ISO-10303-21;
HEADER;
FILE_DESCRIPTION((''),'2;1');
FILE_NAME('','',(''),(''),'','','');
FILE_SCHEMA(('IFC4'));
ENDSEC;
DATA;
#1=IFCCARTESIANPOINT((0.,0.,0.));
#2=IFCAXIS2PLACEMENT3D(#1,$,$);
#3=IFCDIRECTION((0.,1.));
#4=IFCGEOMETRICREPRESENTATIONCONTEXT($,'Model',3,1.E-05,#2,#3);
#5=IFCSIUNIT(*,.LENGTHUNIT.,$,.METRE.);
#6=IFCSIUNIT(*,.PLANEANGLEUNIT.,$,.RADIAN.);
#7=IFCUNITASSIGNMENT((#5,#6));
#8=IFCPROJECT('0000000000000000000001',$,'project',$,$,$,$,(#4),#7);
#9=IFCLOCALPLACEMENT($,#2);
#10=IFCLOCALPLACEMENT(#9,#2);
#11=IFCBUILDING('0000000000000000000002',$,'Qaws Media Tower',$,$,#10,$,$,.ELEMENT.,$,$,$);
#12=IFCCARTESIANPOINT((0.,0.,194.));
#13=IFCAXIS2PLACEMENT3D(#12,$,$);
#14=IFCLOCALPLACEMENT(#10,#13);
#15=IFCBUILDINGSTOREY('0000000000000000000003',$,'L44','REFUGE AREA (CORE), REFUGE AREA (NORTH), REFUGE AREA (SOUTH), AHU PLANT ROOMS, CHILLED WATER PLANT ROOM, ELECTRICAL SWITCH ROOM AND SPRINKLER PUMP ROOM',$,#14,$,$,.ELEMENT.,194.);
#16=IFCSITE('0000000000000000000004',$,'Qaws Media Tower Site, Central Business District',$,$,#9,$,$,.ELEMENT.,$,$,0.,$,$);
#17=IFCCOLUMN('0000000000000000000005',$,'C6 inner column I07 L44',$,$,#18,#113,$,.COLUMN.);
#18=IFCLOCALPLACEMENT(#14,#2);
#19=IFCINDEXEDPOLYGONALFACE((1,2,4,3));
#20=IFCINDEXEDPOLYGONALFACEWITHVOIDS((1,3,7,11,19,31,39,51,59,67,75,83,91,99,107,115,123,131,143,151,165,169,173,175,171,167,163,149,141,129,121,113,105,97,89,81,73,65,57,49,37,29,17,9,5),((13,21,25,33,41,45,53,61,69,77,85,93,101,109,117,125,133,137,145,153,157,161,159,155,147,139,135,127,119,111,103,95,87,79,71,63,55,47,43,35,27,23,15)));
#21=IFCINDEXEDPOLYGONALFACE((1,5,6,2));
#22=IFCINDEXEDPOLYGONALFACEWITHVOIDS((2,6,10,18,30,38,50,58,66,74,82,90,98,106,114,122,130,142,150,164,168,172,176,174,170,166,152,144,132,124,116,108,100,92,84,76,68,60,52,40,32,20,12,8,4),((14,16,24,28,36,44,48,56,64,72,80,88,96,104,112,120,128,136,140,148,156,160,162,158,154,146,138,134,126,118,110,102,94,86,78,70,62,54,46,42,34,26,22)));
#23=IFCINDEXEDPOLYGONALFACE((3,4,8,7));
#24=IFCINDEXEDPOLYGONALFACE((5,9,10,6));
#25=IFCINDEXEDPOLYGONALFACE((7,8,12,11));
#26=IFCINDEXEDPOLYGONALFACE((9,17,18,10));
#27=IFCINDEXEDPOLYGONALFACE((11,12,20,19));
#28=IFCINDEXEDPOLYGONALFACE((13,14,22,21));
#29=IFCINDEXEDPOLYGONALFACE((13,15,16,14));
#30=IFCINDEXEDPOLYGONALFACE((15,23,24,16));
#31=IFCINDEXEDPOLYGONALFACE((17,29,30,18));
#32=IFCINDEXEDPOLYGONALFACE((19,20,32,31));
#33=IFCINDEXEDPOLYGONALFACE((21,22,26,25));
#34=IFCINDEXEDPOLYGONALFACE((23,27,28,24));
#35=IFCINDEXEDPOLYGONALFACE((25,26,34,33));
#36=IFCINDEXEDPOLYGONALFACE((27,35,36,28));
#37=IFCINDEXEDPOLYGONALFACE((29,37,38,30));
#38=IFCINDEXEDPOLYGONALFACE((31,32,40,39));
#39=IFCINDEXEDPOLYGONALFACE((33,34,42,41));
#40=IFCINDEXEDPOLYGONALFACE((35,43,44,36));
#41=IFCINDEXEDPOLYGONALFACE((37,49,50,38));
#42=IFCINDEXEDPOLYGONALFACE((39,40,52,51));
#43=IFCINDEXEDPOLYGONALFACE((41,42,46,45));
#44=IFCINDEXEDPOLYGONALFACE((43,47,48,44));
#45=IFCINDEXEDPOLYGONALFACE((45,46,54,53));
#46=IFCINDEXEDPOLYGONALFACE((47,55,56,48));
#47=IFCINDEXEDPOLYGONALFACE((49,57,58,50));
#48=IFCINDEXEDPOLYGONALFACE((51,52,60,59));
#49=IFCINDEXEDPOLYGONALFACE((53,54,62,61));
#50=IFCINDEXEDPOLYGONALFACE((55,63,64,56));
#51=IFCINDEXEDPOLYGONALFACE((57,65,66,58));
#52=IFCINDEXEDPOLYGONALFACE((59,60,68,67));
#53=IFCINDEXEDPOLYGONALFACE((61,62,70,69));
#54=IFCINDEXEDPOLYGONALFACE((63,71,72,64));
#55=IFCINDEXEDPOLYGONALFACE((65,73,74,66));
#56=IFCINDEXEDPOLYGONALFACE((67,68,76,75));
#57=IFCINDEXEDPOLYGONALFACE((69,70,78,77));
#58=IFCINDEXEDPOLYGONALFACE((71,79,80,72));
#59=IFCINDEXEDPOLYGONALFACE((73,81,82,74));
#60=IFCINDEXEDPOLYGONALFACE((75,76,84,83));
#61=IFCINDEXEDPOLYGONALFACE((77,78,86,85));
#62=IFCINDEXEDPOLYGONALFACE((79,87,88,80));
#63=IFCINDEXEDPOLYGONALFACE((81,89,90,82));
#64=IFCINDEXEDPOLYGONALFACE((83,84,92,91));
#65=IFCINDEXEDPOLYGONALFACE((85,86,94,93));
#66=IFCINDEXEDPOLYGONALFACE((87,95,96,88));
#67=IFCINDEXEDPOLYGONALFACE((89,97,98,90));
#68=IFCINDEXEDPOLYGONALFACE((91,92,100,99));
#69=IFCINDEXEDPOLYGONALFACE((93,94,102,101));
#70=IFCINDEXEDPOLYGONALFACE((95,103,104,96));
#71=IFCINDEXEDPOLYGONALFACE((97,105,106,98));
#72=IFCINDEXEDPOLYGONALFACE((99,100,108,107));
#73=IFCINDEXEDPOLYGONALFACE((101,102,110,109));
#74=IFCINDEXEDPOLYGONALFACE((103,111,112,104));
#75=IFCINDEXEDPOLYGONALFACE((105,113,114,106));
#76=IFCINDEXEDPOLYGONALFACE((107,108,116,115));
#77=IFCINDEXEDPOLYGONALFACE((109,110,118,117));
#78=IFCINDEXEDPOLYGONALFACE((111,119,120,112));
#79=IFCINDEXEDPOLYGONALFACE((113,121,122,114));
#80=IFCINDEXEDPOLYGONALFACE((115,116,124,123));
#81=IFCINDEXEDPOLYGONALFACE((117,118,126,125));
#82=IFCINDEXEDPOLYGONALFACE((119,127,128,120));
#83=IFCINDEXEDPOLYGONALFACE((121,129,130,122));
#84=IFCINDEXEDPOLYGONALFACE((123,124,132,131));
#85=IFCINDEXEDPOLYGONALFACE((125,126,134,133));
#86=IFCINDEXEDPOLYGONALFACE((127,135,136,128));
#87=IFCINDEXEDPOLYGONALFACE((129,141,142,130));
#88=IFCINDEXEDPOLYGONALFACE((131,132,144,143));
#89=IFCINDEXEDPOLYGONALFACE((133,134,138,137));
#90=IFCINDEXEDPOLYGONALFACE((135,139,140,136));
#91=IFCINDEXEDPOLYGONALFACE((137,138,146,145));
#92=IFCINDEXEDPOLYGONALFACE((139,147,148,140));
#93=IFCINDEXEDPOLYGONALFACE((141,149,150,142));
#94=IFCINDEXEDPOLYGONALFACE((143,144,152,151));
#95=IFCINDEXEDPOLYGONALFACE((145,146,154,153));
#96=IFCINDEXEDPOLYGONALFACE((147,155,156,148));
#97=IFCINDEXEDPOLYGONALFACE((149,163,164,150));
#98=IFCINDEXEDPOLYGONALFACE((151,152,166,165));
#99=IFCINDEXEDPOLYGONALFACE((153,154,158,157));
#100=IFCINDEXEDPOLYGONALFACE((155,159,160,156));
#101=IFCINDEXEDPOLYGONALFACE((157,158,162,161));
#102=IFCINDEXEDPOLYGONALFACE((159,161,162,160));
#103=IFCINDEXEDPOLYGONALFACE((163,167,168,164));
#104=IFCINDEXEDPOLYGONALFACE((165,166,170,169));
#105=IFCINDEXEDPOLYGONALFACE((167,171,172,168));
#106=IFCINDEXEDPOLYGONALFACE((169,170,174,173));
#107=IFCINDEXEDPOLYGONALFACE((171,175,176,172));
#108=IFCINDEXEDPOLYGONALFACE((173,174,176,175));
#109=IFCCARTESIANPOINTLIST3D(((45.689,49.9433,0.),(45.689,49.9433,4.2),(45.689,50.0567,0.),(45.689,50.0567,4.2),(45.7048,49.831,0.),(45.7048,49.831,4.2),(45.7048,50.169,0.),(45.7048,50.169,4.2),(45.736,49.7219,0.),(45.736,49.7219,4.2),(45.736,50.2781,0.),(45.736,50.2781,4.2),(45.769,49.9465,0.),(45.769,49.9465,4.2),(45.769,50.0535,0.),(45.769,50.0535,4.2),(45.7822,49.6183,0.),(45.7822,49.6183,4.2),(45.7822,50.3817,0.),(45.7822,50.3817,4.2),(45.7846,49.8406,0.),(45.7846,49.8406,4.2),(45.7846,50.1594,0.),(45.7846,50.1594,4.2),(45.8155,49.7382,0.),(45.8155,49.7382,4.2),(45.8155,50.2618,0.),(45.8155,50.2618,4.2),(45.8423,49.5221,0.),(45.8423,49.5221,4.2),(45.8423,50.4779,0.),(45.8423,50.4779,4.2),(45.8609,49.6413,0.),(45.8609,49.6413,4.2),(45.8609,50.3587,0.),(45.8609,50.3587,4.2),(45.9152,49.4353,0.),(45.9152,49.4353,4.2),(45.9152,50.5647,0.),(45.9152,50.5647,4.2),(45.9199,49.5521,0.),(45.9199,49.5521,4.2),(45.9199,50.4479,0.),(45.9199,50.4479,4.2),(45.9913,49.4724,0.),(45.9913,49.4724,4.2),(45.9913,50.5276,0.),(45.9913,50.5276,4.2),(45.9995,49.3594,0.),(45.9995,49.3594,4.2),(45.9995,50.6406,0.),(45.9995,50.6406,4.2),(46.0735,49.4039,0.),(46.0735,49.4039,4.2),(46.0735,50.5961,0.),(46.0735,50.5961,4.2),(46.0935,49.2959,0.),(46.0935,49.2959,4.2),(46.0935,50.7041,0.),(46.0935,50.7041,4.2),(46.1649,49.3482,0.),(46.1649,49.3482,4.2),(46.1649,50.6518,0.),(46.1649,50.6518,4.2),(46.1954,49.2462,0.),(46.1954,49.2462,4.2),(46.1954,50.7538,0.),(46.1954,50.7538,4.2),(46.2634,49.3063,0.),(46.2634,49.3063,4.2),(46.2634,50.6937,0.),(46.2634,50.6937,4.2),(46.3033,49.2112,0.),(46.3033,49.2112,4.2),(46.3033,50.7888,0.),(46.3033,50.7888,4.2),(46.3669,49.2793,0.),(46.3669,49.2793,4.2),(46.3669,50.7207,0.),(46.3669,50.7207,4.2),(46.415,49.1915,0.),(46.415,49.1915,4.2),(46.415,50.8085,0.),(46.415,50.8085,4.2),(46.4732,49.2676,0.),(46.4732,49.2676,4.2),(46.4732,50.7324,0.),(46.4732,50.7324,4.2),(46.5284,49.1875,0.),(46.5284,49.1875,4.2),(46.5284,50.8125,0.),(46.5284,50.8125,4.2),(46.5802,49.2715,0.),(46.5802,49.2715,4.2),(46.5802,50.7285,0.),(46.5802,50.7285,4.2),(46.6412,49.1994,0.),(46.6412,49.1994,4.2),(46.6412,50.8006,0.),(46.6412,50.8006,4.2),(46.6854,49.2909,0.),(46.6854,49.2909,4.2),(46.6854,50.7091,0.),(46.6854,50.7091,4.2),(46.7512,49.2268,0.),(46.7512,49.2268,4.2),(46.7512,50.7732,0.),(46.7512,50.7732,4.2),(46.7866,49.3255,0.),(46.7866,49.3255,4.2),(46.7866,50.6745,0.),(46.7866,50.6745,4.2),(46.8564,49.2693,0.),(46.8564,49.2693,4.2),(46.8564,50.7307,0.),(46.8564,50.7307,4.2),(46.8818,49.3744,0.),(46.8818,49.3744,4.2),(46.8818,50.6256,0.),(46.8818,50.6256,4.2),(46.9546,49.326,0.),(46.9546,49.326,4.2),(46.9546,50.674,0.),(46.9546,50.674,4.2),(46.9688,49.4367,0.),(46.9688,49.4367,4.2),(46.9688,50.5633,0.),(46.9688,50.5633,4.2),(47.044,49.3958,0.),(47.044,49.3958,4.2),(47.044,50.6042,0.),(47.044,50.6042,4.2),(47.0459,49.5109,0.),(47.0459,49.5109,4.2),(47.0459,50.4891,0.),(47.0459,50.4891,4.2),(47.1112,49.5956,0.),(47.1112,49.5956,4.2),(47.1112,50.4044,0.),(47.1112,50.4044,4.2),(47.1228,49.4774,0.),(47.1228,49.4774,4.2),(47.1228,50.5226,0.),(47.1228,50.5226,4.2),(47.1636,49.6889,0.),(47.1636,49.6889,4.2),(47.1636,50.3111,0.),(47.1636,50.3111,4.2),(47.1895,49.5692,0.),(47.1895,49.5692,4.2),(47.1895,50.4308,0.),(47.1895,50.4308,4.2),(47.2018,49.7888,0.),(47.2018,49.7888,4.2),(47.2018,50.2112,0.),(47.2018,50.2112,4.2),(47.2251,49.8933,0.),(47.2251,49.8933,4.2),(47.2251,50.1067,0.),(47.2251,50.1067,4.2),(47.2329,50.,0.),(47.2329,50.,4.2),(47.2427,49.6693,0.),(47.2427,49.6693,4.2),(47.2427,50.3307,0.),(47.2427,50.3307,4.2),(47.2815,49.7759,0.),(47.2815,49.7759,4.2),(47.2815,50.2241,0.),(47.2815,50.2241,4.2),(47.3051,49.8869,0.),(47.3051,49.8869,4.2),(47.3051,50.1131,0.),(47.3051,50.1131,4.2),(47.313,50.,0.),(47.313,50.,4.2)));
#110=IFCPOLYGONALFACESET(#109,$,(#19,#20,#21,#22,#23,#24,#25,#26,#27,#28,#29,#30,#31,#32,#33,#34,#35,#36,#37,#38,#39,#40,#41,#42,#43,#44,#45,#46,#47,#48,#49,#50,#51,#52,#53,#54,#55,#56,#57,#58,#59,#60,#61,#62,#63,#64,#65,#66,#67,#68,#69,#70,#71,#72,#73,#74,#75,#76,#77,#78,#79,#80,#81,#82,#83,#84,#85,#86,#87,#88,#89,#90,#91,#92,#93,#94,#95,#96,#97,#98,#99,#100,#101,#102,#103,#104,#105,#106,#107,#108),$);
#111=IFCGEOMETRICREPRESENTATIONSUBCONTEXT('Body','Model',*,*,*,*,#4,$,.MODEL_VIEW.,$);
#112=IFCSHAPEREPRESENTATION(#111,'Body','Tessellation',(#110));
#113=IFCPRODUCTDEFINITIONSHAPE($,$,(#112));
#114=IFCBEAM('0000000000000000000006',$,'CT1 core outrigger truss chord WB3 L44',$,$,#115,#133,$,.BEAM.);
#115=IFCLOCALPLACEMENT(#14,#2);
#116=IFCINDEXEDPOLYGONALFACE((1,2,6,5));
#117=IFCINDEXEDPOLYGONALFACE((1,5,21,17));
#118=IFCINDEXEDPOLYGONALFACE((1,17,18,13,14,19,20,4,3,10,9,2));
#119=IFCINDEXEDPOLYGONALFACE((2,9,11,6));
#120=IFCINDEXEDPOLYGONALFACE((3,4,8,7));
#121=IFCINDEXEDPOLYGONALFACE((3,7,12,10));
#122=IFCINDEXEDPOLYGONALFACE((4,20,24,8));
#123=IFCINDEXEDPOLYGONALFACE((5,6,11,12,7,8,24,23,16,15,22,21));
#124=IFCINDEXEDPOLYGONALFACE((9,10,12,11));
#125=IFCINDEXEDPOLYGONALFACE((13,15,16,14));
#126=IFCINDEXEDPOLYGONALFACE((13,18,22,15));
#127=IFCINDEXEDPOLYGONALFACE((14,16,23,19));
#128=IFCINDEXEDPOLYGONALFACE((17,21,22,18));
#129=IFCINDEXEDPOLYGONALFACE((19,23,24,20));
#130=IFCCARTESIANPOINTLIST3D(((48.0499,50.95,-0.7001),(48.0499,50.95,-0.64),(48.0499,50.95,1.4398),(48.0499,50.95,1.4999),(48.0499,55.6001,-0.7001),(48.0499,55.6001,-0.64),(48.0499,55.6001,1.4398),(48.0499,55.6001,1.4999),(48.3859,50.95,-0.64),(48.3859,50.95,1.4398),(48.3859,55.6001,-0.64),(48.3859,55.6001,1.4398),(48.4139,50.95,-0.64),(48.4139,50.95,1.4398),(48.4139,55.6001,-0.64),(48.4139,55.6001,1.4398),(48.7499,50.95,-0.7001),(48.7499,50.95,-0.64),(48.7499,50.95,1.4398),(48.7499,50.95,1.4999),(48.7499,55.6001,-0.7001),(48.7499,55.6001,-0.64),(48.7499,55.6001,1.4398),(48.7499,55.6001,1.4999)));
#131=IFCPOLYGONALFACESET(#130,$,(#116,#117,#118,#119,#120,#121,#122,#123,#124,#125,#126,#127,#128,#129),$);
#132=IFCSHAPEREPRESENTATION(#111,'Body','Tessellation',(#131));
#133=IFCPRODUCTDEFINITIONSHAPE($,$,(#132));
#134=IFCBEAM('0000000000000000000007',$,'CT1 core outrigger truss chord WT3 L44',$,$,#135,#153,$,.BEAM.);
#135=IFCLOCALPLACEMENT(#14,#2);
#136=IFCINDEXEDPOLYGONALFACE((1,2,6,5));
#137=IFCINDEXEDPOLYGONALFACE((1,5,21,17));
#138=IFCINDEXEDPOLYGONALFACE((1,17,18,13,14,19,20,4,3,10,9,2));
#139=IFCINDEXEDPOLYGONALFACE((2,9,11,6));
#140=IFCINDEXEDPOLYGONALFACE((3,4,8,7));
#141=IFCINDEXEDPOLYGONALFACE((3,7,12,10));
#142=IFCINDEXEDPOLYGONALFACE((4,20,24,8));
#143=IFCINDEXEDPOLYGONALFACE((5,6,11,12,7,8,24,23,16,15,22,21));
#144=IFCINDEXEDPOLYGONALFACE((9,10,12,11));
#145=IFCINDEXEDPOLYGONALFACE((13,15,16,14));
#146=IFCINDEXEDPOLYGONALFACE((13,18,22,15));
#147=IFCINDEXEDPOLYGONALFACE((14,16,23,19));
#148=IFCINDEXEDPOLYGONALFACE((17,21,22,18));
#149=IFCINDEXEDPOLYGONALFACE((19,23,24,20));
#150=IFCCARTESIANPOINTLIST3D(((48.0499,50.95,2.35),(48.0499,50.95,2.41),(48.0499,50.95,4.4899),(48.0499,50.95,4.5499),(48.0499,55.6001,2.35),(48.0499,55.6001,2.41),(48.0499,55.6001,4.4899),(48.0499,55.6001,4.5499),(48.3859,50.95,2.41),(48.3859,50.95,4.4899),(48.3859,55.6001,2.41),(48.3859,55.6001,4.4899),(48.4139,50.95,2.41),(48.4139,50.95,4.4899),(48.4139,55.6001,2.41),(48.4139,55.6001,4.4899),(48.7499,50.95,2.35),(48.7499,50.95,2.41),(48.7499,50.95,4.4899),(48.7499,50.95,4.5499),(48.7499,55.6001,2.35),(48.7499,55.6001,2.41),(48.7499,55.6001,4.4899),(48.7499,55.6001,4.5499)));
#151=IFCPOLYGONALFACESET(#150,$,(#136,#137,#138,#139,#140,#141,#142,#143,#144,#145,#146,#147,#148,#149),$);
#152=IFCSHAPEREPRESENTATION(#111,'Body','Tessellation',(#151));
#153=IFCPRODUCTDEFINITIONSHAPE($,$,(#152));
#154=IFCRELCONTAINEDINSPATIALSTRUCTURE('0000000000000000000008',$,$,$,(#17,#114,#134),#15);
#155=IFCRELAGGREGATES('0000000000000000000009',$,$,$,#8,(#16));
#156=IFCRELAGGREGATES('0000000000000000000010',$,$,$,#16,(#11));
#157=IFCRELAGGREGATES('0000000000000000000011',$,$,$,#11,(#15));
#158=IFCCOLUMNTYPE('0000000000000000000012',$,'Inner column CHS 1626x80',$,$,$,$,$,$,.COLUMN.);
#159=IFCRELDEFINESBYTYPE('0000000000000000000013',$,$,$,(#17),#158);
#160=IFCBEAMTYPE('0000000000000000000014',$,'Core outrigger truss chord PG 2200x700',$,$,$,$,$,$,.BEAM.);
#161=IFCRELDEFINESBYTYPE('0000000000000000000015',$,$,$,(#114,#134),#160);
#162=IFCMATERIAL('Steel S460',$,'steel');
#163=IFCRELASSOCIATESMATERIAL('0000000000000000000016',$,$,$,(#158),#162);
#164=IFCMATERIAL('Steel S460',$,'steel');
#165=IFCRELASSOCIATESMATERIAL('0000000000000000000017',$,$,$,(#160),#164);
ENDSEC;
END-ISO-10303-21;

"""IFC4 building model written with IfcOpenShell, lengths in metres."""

from ifc_helpers import new_model, si_unit, direction, frame, origin, origin_2d, place, context, subcontext, project, spatial, hollow_circle, i_section, extrude, material, material_profile, profile_set, type_object, element, save


model = new_model("IFC4")

# Units and contexts
model_context = context("Model", 3, precision=1e-05, world=origin(), true_north=direction((0.0, 1.0)))
body_context = subcontext(model_context, "Body", "Model", "MODEL_VIEW")
ifc_project = project(units=[si_unit("LENGTHUNIT", "METRE"), si_unit("PLANEANGLEUNIT", "RADIAN")], contexts=[model_context])

# Site, building, storey
site_placement = place(None, origin())
site = spatial("IfcSite", under=ifc_project, at=site_placement, Name="Qaws Media Tower Site, Central Business District", CompositionType="ELEMENT", RefElevation=0.0)
building_placement = place(site_placement, origin())
building = spatial("IfcBuilding", under=site, at=building_placement, Name="Qaws Media Tower", CompositionType="ELEMENT")
storey_placement = place(building_placement, frame((0.0, 0.0, 194.0)))
storey = spatial("IfcBuildingStorey", under=building, at=storey_placement, Name="L44", Description="REFUGE AREA (CORE), REFUGE AREA (NORTH), REFUGE AREA (SOUTH), AHU PLANT ROOMS, CHILLED WATER PLANT ROOM, ELECTRICAL SWITCH ROOM AND SPRINKLER PUMP ROOM", CompositionType="ELEMENT", Elevation=194.0)

# Column
ifc_material_1 = material(Name="Steel S460", Category="steel")
ifc_material_profile_1 = material_profile(ifc_material_1, hollow_circle(Radius=0.813, WallThickness=0.0801, at=origin_2d()), Name="CHS 1626x80")
ifc_profile_set_1 = profile_set([ifc_material_profile_1], Name="Steel S460")
column_type = type_object("IfcColumnType", Name="Inner column CHS 1626x80", PredefinedType="COLUMN", material=ifc_profile_set_1)
column_placement = place(storey_placement, frame((46.5, 50.0, 0.0), z_axis=(0.0, 0.0, 1.0), x_axis=(1.0, 0.0, 0.0)))
element("IfcColumn", 1, at=column_placement, inside=storey, type_object=column_type, Name="C6 inner column I07 L44", PredefinedType="COLUMN", context=body_context, shape_type="SweptSolid", body=[
    extrude(hollow_circle(Radius=0.813, WallThickness=0.0801, at=origin_2d()), origin(), (0.0, 0.0, 1.0), 4.2),
])

# Beams
ifc_material_2 = material(Name="Steel S460", Category="steel")
ifc_material_profile_2 = material_profile(ifc_material_2, i_section(OverallWidth=0.7, OverallDepth=2.2, WebThickness=0.0281, FlangeThickness=0.0601, at=origin_2d()), Name="PG 2200x700")
ifc_profile_set_2 = profile_set([ifc_material_profile_2], Name="Steel S460")
beam_type_1 = type_object("IfcBeamType", Name="Core outrigger truss chord PG 2200x700", PredefinedType="BEAM", material=ifc_profile_set_2)
for number, where, z_axis, x_axis, name in (
    (2, (48.3999, 50.95, 0.3999), (0.0, 1.0, 0.0), (-1.0, 0.0, 0.0), "CT1 core outrigger truss chord WB3 L44"),
    (3, (48.3999, 50.95, 3.45), (0.0, 1.0, 0.0), (-1.0, 0.0, 0.0), "CT1 core outrigger truss chord WT3 L44"),
):
    element("IfcBeam", number, at=place(storey_placement, frame(where, z_axis=z_axis, x_axis=x_axis)), inside=storey, type_object=beam_type_1, Name=name, PredefinedType="BEAM", context=body_context, shape_type="SweptSolid", body=[
        extrude(i_section(OverallWidth=0.7, OverallDepth=2.2, WebThickness=0.0281, FlangeThickness=0.0601, at=origin_2d()), origin(), (0.0, 0.0, 1.0), 4.6501),
    ])

save(model, "model.ifc")
